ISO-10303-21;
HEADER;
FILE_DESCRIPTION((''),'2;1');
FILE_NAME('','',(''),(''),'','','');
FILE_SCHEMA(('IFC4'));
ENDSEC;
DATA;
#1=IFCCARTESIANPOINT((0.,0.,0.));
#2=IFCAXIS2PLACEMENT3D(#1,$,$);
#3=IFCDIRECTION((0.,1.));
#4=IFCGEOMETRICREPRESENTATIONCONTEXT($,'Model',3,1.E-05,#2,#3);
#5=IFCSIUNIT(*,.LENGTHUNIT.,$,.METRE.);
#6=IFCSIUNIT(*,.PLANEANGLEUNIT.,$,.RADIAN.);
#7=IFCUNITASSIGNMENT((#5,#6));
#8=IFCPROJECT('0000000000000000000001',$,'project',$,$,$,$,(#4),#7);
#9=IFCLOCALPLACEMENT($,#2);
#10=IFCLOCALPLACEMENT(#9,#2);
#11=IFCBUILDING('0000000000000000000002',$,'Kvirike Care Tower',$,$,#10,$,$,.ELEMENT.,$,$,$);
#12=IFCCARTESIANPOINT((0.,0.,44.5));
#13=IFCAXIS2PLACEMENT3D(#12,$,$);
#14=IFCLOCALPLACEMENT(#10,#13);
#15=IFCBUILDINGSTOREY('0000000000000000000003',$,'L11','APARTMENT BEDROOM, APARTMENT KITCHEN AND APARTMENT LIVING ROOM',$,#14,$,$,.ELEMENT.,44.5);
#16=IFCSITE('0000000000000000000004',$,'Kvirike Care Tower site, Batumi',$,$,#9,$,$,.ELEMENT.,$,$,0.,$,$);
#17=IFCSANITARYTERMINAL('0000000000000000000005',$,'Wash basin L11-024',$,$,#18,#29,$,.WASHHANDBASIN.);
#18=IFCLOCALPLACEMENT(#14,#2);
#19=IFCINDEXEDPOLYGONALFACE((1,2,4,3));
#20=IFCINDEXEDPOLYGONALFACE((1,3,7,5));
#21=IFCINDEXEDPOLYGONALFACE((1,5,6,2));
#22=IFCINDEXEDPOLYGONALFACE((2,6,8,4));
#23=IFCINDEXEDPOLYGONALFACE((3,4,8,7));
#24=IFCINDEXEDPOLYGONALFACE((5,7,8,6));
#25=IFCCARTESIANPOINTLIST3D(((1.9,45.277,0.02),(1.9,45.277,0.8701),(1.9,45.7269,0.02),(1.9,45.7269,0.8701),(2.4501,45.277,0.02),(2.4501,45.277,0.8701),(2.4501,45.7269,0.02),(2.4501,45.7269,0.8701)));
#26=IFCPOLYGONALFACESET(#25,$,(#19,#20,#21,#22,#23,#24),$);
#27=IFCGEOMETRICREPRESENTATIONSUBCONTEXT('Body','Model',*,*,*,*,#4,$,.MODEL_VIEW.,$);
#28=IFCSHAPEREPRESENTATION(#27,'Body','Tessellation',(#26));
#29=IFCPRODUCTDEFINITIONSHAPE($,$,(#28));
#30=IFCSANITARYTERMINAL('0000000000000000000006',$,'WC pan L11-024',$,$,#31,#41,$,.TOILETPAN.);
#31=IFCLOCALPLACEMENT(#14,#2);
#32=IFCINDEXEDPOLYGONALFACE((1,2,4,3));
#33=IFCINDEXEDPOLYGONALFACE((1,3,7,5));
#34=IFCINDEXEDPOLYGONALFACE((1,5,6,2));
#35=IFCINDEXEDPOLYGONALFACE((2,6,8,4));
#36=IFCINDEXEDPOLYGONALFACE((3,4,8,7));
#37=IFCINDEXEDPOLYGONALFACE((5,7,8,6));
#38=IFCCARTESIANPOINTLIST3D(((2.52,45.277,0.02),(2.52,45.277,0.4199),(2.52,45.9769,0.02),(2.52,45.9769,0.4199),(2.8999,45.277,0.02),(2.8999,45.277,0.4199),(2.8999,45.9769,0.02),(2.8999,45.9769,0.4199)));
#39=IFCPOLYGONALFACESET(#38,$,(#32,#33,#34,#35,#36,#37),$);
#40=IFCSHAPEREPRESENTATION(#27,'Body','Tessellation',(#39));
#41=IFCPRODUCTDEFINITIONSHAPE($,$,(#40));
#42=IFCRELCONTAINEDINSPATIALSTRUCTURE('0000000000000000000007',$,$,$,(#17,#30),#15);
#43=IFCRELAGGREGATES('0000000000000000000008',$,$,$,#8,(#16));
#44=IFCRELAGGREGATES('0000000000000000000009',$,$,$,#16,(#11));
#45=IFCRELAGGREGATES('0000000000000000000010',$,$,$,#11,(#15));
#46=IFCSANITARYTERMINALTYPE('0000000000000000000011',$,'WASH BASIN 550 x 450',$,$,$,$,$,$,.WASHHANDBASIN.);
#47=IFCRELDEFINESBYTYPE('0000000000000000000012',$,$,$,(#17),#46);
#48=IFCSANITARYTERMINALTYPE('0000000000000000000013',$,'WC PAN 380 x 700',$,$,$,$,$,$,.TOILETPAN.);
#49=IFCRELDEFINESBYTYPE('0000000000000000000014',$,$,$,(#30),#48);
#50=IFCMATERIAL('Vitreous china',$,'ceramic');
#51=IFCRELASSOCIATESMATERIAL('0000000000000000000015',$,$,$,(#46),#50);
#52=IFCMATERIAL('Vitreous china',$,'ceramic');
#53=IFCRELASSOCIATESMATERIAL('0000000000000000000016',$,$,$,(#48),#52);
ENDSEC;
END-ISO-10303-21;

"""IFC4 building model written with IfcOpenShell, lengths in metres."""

from ifc_helpers import new_model, si_unit, direction, frame, origin, origin_2d, place, context, subcontext, project, spatial, rectangle, extrude, material, type_object, element, save


model = new_model("IFC4")

# Units and contexts
model_context = context("Model", 3, precision=1e-05, world=origin(), true_north=direction((0.0, 1.0)))
body_context = subcontext(model_context, "Body", "Model", "MODEL_VIEW")
ifc_project = project(units=[si_unit("LENGTHUNIT", "METRE"), si_unit("PLANEANGLEUNIT", "RADIAN")], contexts=[model_context])

# Site, building, storey
site_placement = place(None, origin())
site = spatial("IfcSite", under=ifc_project, at=site_placement, Name="Kvirike Care Tower site, Batumi", CompositionType="ELEMENT", RefElevation=0.0)
building_placement = place(site_placement, origin())
building = spatial("IfcBuilding", under=site, at=building_placement, Name="Kvirike Care Tower", CompositionType="ELEMENT")
storey_placement = place(building_placement, frame((0.0, 0.0, 44.5)))
storey = spatial("IfcBuildingStorey", under=building, at=storey_placement, Name="L11", Description="APARTMENT BEDROOM, APARTMENT KITCHEN AND APARTMENT LIVING ROOM", CompositionType="ELEMENT", Elevation=44.5)

# Sanitary terminals
ifc_material_1 = material(Name="Vitreous china", Category="ceramic")
sanitary_terminal_type_1 = type_object("IfcSanitaryTerminalType", Name="WASH BASIN 550 x 450", PredefinedType="WASHHANDBASIN", material=ifc_material_1)
sanitary_terminal_1_placement = place(storey_placement, frame((2.175, 45.502, 0.02), z_axis=(0.0, 0.0, 1.0), x_axis=(-1.0, 0.0, 0.0)))
element("IfcSanitaryTerminal", 1, at=sanitary_terminal_1_placement, inside=storey, type_object=sanitary_terminal_type_1, Name="Wash basin L11-024", PredefinedType="WASHHANDBASIN", context=body_context, shape_type="SweptSolid", body=[
    extrude(rectangle(XDim=0.55, YDim=0.45, at=origin_2d()), origin(), (0.0, 0.0, 1.0), 0.8501),
])
ifc_material_2 = material(Name="Vitreous china", Category="ceramic")
sanitary_terminal_type_2 = type_object("IfcSanitaryTerminalType", Name="WC PAN 380 x 700", PredefinedType="TOILETPAN", material=ifc_material_2)
sanitary_terminal_2_placement = place(storey_placement, frame((2.71, 45.627, 0.02), z_axis=(0.0, 0.0, 1.0), x_axis=(-1.0, 0.0, 0.0)))
element("IfcSanitaryTerminal", 2, at=sanitary_terminal_2_placement, inside=storey, type_object=sanitary_terminal_type_2, Name="WC pan L11-024", PredefinedType="TOILETPAN", context=body_context, shape_type="SweptSolid", body=[
    extrude(rectangle(XDim=0.3799, YDim=0.7, at=origin_2d()), origin(), (0.0, 0.0, 1.0), 0.3999),
])

save(model, "model.ifc")
